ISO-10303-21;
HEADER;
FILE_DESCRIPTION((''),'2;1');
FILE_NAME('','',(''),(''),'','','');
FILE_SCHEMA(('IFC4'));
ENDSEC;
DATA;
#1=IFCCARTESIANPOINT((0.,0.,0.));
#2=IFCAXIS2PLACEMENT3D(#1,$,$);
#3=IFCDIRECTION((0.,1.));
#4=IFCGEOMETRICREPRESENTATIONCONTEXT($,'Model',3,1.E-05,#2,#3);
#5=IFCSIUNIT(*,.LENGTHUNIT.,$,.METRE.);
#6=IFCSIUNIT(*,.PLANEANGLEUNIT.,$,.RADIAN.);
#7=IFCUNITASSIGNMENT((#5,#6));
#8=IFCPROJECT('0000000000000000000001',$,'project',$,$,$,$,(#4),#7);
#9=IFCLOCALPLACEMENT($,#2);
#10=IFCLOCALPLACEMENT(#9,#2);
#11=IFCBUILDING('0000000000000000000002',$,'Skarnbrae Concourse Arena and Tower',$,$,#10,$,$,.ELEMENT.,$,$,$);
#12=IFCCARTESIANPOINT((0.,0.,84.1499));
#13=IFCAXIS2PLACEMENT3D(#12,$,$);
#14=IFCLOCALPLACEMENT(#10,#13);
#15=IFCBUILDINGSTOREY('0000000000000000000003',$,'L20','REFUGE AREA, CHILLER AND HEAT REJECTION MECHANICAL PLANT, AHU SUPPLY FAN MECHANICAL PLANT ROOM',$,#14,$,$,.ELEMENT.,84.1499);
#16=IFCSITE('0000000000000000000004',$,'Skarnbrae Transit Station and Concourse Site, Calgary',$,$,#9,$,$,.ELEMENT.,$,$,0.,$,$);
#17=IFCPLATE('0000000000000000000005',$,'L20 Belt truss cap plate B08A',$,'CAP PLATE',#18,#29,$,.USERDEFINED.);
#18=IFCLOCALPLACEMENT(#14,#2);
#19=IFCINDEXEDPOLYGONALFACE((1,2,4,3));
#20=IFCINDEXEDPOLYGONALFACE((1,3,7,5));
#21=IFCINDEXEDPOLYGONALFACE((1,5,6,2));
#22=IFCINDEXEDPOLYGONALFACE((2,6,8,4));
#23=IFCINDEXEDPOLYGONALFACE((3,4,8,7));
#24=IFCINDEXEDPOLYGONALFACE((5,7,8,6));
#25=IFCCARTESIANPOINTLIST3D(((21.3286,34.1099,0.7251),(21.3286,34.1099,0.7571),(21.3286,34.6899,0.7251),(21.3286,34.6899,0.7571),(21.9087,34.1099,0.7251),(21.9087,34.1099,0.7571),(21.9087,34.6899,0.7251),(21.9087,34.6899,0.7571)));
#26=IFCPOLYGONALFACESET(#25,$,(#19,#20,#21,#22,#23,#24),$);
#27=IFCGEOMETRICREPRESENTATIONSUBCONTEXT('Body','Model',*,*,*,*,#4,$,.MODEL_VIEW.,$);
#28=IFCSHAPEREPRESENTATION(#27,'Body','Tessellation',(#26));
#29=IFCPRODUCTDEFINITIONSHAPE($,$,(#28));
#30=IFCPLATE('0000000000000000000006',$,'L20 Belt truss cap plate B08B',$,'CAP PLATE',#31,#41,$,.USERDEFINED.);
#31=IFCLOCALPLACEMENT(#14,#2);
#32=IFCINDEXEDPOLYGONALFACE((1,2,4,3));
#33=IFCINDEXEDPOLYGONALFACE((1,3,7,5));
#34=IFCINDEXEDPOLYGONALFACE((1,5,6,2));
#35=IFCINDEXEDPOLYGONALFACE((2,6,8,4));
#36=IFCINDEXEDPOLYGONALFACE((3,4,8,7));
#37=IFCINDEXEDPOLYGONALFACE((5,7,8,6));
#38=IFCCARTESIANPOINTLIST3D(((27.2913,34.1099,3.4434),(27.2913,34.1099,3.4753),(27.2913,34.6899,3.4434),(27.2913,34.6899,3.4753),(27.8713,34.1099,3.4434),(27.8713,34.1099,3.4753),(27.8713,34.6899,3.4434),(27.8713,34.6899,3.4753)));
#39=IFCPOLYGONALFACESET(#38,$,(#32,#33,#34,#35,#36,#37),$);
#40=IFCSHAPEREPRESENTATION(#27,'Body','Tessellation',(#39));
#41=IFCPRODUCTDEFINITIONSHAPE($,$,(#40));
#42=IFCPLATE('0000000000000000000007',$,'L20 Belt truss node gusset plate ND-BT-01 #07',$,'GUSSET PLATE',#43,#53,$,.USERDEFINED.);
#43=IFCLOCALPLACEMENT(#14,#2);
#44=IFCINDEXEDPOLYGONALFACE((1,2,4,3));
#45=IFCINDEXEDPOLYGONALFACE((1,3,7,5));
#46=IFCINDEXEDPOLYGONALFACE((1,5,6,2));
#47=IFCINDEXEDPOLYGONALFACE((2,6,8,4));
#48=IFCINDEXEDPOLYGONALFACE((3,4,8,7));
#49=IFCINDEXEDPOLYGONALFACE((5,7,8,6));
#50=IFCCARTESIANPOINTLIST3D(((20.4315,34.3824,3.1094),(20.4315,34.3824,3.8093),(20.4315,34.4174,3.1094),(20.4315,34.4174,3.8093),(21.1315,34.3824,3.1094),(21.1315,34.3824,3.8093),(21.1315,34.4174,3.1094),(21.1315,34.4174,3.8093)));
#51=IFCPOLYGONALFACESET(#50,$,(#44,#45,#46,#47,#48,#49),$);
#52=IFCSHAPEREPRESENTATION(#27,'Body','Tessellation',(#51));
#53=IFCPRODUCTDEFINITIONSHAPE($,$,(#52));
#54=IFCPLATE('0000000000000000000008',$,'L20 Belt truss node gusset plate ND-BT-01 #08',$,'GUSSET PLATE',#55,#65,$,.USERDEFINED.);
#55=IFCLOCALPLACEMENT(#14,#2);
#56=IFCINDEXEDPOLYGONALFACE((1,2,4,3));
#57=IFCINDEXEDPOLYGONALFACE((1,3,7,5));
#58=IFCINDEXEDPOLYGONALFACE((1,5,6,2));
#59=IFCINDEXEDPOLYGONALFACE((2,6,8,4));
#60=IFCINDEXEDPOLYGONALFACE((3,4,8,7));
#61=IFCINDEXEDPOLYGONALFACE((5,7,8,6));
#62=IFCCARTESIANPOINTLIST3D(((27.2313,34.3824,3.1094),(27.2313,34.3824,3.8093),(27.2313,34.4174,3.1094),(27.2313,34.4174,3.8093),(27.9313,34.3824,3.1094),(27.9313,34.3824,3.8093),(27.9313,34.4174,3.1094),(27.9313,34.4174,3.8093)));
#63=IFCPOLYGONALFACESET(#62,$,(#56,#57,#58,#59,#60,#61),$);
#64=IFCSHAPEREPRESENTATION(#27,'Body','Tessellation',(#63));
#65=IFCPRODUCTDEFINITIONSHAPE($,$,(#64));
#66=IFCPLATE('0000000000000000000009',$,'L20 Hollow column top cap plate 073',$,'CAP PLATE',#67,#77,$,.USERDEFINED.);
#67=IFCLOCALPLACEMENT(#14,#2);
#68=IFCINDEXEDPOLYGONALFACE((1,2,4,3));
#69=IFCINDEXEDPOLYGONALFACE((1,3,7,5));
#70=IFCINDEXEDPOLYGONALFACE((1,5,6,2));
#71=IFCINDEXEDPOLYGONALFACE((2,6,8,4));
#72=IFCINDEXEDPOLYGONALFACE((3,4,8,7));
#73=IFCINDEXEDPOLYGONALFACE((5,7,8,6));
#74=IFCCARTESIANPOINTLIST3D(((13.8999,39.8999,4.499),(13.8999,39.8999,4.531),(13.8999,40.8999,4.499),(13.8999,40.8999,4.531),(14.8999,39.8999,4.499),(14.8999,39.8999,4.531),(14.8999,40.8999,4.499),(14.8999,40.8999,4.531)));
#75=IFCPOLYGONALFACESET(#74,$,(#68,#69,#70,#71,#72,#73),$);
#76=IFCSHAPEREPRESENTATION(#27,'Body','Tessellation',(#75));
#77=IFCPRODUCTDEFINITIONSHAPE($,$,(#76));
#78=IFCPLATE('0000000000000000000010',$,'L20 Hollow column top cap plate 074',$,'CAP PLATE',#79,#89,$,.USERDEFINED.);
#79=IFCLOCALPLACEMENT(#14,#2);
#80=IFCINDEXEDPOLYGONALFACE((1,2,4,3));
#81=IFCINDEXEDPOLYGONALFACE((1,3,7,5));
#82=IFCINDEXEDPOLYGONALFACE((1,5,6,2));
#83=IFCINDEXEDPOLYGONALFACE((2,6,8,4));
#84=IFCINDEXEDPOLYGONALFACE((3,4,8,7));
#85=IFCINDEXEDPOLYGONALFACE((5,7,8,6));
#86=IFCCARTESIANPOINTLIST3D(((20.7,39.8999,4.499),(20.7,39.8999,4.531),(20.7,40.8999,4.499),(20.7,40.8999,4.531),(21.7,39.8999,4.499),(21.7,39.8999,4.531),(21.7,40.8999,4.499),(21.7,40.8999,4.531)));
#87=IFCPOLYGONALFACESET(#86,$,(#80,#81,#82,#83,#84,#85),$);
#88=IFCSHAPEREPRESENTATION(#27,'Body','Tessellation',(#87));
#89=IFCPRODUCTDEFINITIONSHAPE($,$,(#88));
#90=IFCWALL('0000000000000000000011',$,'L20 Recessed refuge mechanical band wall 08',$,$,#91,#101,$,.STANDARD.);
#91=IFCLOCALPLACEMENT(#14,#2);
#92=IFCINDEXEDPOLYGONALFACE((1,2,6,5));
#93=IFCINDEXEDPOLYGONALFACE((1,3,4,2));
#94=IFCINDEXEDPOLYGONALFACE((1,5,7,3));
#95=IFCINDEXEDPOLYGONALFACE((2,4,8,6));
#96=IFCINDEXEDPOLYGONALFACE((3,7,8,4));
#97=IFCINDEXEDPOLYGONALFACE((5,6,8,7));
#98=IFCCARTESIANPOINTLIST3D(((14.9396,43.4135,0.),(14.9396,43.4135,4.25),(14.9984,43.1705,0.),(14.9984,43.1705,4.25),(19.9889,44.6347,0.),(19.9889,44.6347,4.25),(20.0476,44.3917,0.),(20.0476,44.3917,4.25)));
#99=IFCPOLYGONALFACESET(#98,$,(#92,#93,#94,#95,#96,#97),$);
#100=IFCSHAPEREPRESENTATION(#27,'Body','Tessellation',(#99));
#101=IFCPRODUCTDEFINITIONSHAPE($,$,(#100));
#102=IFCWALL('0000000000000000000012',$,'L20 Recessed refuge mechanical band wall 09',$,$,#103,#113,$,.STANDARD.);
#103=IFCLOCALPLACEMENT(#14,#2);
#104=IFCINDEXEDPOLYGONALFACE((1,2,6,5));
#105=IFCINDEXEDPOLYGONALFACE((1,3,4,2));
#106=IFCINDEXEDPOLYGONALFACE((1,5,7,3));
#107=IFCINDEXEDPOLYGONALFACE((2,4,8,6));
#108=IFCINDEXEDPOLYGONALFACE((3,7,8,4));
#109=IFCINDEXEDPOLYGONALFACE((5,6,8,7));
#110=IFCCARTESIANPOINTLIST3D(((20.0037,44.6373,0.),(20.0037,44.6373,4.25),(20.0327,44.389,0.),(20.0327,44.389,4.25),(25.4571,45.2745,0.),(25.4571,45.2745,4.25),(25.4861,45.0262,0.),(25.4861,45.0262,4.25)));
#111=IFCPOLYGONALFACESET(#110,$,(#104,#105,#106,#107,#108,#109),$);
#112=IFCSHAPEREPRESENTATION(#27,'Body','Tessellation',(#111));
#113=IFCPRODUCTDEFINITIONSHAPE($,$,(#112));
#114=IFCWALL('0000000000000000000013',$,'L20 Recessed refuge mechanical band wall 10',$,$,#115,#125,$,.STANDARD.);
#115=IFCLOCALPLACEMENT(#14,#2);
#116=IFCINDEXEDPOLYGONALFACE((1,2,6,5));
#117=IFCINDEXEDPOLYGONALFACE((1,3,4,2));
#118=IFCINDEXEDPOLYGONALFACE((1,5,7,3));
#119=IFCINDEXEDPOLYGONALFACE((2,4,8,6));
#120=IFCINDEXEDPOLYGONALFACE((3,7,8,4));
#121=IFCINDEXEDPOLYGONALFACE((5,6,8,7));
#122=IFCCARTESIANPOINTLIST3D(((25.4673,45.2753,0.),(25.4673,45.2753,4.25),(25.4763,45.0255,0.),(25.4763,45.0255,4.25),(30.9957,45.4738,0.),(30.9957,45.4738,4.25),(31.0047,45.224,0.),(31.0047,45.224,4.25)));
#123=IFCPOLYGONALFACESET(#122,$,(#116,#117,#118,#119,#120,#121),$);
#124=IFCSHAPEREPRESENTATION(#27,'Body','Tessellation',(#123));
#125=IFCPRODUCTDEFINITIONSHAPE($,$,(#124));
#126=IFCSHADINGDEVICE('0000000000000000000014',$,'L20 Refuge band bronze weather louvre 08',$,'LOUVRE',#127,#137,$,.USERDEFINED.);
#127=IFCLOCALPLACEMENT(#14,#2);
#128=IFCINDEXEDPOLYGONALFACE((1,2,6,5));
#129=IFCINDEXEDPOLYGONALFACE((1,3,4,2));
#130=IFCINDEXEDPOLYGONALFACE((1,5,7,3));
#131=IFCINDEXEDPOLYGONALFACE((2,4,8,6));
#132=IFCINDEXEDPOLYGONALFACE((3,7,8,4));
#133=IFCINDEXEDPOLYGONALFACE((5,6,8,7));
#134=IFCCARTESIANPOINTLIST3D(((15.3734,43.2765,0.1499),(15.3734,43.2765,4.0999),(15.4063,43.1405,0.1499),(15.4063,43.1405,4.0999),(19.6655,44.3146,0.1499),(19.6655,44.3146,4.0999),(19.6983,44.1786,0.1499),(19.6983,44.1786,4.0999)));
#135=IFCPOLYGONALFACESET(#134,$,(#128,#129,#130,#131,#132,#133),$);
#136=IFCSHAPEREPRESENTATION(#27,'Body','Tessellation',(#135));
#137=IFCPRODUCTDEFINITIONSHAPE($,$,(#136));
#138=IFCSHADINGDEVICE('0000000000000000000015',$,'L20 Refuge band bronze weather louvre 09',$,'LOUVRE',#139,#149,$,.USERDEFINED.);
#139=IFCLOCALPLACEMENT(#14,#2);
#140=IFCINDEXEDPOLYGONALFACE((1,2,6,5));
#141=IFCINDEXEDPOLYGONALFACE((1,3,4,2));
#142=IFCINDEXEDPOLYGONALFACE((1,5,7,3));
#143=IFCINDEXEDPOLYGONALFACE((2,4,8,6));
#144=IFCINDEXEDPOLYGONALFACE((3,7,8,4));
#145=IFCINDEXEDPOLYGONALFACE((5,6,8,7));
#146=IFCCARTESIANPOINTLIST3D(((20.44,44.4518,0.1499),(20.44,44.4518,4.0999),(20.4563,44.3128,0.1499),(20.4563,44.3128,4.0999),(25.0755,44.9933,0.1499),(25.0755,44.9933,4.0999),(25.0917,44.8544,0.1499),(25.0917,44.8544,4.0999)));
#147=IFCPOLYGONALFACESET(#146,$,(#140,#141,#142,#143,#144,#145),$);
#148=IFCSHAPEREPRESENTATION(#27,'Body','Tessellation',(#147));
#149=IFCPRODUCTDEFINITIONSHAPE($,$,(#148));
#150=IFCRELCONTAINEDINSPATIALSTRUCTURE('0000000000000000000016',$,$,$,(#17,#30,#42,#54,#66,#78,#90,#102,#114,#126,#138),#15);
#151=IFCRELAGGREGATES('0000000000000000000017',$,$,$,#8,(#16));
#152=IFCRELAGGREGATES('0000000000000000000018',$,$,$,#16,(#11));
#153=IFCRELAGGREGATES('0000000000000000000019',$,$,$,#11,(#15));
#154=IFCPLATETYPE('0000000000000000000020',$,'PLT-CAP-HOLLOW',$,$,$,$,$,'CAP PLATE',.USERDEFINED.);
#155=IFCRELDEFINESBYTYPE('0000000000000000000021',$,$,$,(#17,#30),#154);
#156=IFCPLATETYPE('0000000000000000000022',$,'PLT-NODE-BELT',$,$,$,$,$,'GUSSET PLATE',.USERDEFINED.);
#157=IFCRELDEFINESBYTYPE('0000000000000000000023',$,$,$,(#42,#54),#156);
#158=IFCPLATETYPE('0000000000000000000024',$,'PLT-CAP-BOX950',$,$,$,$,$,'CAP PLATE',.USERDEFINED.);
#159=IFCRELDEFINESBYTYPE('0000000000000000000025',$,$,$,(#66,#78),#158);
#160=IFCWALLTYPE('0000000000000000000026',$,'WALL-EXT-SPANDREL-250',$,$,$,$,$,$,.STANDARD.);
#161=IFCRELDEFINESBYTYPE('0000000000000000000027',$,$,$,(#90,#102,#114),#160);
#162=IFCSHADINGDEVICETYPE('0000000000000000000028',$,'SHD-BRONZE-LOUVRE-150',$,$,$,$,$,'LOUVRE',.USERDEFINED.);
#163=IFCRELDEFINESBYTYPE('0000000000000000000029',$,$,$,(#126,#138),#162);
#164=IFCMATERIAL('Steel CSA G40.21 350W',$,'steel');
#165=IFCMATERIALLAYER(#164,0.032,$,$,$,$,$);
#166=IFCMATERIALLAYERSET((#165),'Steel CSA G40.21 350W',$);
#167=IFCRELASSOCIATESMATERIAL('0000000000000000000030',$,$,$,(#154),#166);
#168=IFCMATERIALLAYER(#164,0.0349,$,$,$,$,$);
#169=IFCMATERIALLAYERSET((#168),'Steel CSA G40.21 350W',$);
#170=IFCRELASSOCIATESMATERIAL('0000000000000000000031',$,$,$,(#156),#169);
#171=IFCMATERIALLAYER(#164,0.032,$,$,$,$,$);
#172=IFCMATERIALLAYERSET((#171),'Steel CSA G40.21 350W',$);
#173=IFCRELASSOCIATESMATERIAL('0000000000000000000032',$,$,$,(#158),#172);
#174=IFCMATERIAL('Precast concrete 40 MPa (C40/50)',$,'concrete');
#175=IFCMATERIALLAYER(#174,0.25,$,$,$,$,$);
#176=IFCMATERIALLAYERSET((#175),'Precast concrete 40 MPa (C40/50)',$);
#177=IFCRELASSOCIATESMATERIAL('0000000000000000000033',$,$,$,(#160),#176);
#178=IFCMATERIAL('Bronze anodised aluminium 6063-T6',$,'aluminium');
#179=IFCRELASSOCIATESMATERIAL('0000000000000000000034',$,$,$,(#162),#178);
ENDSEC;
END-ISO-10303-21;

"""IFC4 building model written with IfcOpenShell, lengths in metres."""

from ifc_helpers import new_model, si_unit, direction, frame, frame_2d, origin, origin_2d, place, context, subcontext, project, spatial, rectangle, extrude, source, transform, mapped, material, layer, layer_set, type_object, element, save


model = new_model("IFC4")

# Units and contexts
model_context = context("Model", 3, precision=1e-05, world=origin(), true_north=direction((0.0, 1.0)))
body_context = subcontext(model_context, "Body", "Model", "MODEL_VIEW")
ifc_project = project(units=[si_unit("LENGTHUNIT", "METRE"), si_unit("PLANEANGLEUNIT", "RADIAN")], contexts=[model_context])

# Site, building, storey
site_placement = place(None, origin())
site = spatial("IfcSite", under=ifc_project, at=site_placement, Name="Skarnbrae Transit Station and Concourse Site, Calgary", CompositionType="ELEMENT", RefElevation=0.0)
building_placement = place(site_placement, origin())
building = spatial("IfcBuilding", under=site, at=building_placement, Name="Skarnbrae Concourse Arena and Tower", CompositionType="ELEMENT")
storey_placement = place(building_placement, frame((0.0, 0.0, 84.1499)))
storey = spatial("IfcBuildingStorey", under=building, at=storey_placement, Name="L20", Description="REFUGE AREA, CHILLER AND HEAT REJECTION MECHANICAL PLANT, AHU SUPPLY FAN MECHANICAL PLANT ROOM", CompositionType="ELEMENT", Elevation=84.1499)

# Shared definitions
ifc_material_1 = material(Name="Steel CSA G40.21 350W", Category="steel")

# Plates
ifc_layer_1 = layer(ifc_material_1, 0.032)
ifc_layer_set_1 = layer_set([ifc_layer_1], Name="Steel CSA G40.21 350W")
plate_type_1 = type_object("IfcPlateType", Name="PLT-CAP-HOLLOW", ElementType="CAP PLATE", PredefinedType="USERDEFINED", material=ifc_layer_set_1)
shared_shape_1 = source(origin(), body_context, "Body", "SweptSolid", [
    extrude(rectangle(XDim=0.5801, YDim=0.5801, at=origin_2d()), origin(), (0.0, 0.0, 1.0), 0.032),
])
for number, where, z_axis, x_axis, name in (
    (1, (21.6187, 34.3999, 0.7251), (0.0, 0.0, 1.0), (1.0, 0.0, 0.0), "L20 Belt truss cap plate B08A"),
    (2, (27.5813, 34.3999, 3.4434), (0.0, 0.0, 1.0), (1.0, 0.0, 0.0), "L20 Belt truss cap plate B08B"),
):
    element("IfcPlate", number, at=place(storey_placement, frame(where, z_axis=z_axis, x_axis=x_axis)), inside=storey, type_object=plate_type_1, Name=name, ObjectType="CAP PLATE", PredefinedType="USERDEFINED", context=body_context, shape_type="MappedRepresentation", body=[
        mapped(shared_shape_1, transform((0.0, 0.0, 0.0))),
    ])
ifc_layer_2 = layer(ifc_material_1, 0.0349)
ifc_layer_set_2 = layer_set([ifc_layer_2], Name="Steel CSA G40.21 350W")
plate_type_2 = type_object("IfcPlateType", Name="PLT-NODE-BELT", ElementType="GUSSET PLATE", PredefinedType="USERDEFINED", material=ifc_layer_set_2)
shared_shape_2 = source(origin(), body_context, "Body", "SweptSolid", [
    extrude(rectangle(XDim=0.7, YDim=0.0349, at=origin_2d()), origin(), (0.0, 0.0, 1.0), 0.7),
])
for number, where, z_axis, x_axis, name in (
    (3, (20.7815, 34.3999, 3.1094), (0.0, 0.0, 1.0), (1.0, 0.0, 0.0), "L20 Belt truss node gusset plate ND-BT-01 #07"),
    (4, (27.5813, 34.3999, 3.1094), (0.0, 0.0, 1.0), (1.0, 0.0, 0.0), "L20 Belt truss node gusset plate ND-BT-01 #08"),
):
    element("IfcPlate", number, at=place(storey_placement, frame(where, z_axis=z_axis, x_axis=x_axis)), inside=storey, type_object=plate_type_2, Name=name, ObjectType="GUSSET PLATE", PredefinedType="USERDEFINED", context=body_context, shape_type="MappedRepresentation", body=[
        mapped(shared_shape_2, transform((0.0, 0.0, 0.0))),
    ])
ifc_layer_3 = layer(ifc_material_1, 0.032)
ifc_layer_set_3 = layer_set([ifc_layer_3], Name="Steel CSA G40.21 350W")
plate_type_3 = type_object("IfcPlateType", Name="PLT-CAP-BOX950", ElementType="CAP PLATE", PredefinedType="USERDEFINED", material=ifc_layer_set_3)
shared_shape_3 = source(origin(), body_context, "Body", "SweptSolid", [
    extrude(rectangle(XDim=1.0, YDim=1.0, at=origin_2d()), origin(), (0.0, 0.0, 1.0), 0.032),
])
for number, where, z_axis, x_axis, name in (
    (5, (14.3999, 40.3999, 4.499), (0.0, 0.0, 1.0), (1.0, 0.0, 0.0), "L20 Hollow column top cap plate 073"),
    (6, (21.2, 40.3999, 4.499), (0.0, 0.0, 1.0), (1.0, 0.0, 0.0), "L20 Hollow column top cap plate 074"),
):
    element("IfcPlate", number, at=place(storey_placement, frame(where, z_axis=z_axis, x_axis=x_axis)), inside=storey, type_object=plate_type_3, Name=name, ObjectType="CAP PLATE", PredefinedType="USERDEFINED", context=body_context, shape_type="MappedRepresentation", body=[
        mapped(shared_shape_3, transform((0.0, 0.0, 0.0))),
    ])

# Walls
ifc_material_2 = material(Name="Precast concrete 40 MPa (C40/50)", Category="concrete")
ifc_layer_4 = layer(ifc_material_2, 0.25)
ifc_layer_set_4 = layer_set([ifc_layer_4], Name="Precast concrete 40 MPa (C40/50)")
wall_type = type_object("IfcWallType", Name="WALL-EXT-SPANDREL-250", PredefinedType="STANDARD", material=ifc_layer_set_4)
shared_shape_4 = source(origin(), body_context, "Body", "SweptSolid", [
    extrude(rectangle(XDim=5.1948, YDim=0.25, at=frame_2d((2.5974, 0.0))), origin(), (0.0, 0.0, 1.0), 4.25),
])
wall_1_placement = place(storey_placement, frame((14.969, 43.292, 0.0), z_axis=(0.0, 0.0, 1.0), x_axis=(0.971977, 0.235075, 0.0)))
element("IfcWall", 7, at=wall_1_placement, inside=storey, type_object=wall_type, Name="L20 Recessed refuge mechanical band wall 08", PredefinedType="STANDARD", context=body_context, shape_type="MappedRepresentation", body=[
    mapped(shared_shape_4, transform((0.0, 0.0, 0.0))),
])
shared_shape_5 = source(origin(), body_context, "Body", "SweptSolid", [
    extrude(rectangle(XDim=5.4905, YDim=0.25, at=frame_2d((2.7451, 0.0))), origin(), (0.0, 0.0, 1.0), 4.25),
])
wall_2_placement = place(storey_placement, frame((20.0183, 44.5132, 0.0), z_axis=(0.0, 0.0, 1.0), x_axis=(0.993243, 0.116057, 0.0)))
element("IfcWall", 8, at=wall_2_placement, inside=storey, type_object=wall_type, Name="L20 Recessed refuge mechanical band wall 09", PredefinedType="STANDARD", context=body_context, shape_type="MappedRepresentation", body=[
    mapped(shared_shape_5, transform((0.0, 0.0, 0.0))),
])
shared_shape_6 = source(origin(), body_context, "Body", "SweptSolid", [
    extrude(rectangle(XDim=5.532, YDim=0.25, at=frame_2d((2.7661, 0.0))), origin(), (0.0, 0.0, 1.0), 4.25),
])
wall_3_placement = place(storey_placement, frame((25.4717, 45.1504, 0.0), z_axis=(0.0, 0.0, 1.0), x_axis=(0.999356, 0.03588, 0.0)))
element("IfcWall", 9, at=wall_3_placement, inside=storey, type_object=wall_type, Name="L20 Recessed refuge mechanical band wall 10", PredefinedType="STANDARD", context=body_context, shape_type="MappedRepresentation", body=[
    mapped(shared_shape_6, transform((0.0, 0.0, 0.0))),
])

# Shading devices
ifc_material_3 = material(Name="Bronze anodised aluminium 6063-T6", Category="aluminium")
shading_device_type = type_object("IfcShadingDeviceType", Name="SHD-BRONZE-LOUVRE-150", ElementType="LOUVRE", PredefinedType="USERDEFINED", material=ifc_material_3)
shared_shape_7 = source(origin(), body_context, "Body", "SweptSolid", [
    extrude(rectangle(XDim=4.4158, YDim=0.1399, at=origin_2d()), origin(), (0.0, 0.0, 1.0), 3.95),
])
shading_device_1_placement = place(storey_placement, frame((17.5359, 43.7275, 0.1499), z_axis=(0.0, 0.0, 1.0), x_axis=(0.971973, 0.235091, 0.0)))
element("IfcShadingDevice", 10, at=shading_device_1_placement, inside=storey, type_object=shading_device_type, Name="L20 Refuge band bronze weather louvre 08", ObjectType="LOUVRE", PredefinedType="USERDEFINED", context=body_context, shape_type="MappedRepresentation", body=[
    mapped(shared_shape_7, transform((0.0, 0.0, 0.0))),
])
shared_shape_8 = source(origin(), body_context, "Body", "SweptSolid", [
    extrude(rectangle(XDim=4.667, YDim=0.1399, at=origin_2d()), origin(), (0.0, 0.0, 1.0), 3.95),
])
shading_device_2_placement = place(storey_placement, frame((22.7659, 44.6531, 0.1499), z_axis=(0.0, 0.0, 1.0), x_axis=(0.993245, 0.116036, 0.0)))
element("IfcShadingDevice", 11, at=shading_device_2_placement, inside=storey, type_object=shading_device_type, Name="L20 Refuge band bronze weather louvre 09", ObjectType="LOUVRE", PredefinedType="USERDEFINED", context=body_context, shape_type="MappedRepresentation", body=[
    mapped(shared_shape_8, transform((0.0, 0.0, 0.0))),
])

save(model, "model.ifc")
